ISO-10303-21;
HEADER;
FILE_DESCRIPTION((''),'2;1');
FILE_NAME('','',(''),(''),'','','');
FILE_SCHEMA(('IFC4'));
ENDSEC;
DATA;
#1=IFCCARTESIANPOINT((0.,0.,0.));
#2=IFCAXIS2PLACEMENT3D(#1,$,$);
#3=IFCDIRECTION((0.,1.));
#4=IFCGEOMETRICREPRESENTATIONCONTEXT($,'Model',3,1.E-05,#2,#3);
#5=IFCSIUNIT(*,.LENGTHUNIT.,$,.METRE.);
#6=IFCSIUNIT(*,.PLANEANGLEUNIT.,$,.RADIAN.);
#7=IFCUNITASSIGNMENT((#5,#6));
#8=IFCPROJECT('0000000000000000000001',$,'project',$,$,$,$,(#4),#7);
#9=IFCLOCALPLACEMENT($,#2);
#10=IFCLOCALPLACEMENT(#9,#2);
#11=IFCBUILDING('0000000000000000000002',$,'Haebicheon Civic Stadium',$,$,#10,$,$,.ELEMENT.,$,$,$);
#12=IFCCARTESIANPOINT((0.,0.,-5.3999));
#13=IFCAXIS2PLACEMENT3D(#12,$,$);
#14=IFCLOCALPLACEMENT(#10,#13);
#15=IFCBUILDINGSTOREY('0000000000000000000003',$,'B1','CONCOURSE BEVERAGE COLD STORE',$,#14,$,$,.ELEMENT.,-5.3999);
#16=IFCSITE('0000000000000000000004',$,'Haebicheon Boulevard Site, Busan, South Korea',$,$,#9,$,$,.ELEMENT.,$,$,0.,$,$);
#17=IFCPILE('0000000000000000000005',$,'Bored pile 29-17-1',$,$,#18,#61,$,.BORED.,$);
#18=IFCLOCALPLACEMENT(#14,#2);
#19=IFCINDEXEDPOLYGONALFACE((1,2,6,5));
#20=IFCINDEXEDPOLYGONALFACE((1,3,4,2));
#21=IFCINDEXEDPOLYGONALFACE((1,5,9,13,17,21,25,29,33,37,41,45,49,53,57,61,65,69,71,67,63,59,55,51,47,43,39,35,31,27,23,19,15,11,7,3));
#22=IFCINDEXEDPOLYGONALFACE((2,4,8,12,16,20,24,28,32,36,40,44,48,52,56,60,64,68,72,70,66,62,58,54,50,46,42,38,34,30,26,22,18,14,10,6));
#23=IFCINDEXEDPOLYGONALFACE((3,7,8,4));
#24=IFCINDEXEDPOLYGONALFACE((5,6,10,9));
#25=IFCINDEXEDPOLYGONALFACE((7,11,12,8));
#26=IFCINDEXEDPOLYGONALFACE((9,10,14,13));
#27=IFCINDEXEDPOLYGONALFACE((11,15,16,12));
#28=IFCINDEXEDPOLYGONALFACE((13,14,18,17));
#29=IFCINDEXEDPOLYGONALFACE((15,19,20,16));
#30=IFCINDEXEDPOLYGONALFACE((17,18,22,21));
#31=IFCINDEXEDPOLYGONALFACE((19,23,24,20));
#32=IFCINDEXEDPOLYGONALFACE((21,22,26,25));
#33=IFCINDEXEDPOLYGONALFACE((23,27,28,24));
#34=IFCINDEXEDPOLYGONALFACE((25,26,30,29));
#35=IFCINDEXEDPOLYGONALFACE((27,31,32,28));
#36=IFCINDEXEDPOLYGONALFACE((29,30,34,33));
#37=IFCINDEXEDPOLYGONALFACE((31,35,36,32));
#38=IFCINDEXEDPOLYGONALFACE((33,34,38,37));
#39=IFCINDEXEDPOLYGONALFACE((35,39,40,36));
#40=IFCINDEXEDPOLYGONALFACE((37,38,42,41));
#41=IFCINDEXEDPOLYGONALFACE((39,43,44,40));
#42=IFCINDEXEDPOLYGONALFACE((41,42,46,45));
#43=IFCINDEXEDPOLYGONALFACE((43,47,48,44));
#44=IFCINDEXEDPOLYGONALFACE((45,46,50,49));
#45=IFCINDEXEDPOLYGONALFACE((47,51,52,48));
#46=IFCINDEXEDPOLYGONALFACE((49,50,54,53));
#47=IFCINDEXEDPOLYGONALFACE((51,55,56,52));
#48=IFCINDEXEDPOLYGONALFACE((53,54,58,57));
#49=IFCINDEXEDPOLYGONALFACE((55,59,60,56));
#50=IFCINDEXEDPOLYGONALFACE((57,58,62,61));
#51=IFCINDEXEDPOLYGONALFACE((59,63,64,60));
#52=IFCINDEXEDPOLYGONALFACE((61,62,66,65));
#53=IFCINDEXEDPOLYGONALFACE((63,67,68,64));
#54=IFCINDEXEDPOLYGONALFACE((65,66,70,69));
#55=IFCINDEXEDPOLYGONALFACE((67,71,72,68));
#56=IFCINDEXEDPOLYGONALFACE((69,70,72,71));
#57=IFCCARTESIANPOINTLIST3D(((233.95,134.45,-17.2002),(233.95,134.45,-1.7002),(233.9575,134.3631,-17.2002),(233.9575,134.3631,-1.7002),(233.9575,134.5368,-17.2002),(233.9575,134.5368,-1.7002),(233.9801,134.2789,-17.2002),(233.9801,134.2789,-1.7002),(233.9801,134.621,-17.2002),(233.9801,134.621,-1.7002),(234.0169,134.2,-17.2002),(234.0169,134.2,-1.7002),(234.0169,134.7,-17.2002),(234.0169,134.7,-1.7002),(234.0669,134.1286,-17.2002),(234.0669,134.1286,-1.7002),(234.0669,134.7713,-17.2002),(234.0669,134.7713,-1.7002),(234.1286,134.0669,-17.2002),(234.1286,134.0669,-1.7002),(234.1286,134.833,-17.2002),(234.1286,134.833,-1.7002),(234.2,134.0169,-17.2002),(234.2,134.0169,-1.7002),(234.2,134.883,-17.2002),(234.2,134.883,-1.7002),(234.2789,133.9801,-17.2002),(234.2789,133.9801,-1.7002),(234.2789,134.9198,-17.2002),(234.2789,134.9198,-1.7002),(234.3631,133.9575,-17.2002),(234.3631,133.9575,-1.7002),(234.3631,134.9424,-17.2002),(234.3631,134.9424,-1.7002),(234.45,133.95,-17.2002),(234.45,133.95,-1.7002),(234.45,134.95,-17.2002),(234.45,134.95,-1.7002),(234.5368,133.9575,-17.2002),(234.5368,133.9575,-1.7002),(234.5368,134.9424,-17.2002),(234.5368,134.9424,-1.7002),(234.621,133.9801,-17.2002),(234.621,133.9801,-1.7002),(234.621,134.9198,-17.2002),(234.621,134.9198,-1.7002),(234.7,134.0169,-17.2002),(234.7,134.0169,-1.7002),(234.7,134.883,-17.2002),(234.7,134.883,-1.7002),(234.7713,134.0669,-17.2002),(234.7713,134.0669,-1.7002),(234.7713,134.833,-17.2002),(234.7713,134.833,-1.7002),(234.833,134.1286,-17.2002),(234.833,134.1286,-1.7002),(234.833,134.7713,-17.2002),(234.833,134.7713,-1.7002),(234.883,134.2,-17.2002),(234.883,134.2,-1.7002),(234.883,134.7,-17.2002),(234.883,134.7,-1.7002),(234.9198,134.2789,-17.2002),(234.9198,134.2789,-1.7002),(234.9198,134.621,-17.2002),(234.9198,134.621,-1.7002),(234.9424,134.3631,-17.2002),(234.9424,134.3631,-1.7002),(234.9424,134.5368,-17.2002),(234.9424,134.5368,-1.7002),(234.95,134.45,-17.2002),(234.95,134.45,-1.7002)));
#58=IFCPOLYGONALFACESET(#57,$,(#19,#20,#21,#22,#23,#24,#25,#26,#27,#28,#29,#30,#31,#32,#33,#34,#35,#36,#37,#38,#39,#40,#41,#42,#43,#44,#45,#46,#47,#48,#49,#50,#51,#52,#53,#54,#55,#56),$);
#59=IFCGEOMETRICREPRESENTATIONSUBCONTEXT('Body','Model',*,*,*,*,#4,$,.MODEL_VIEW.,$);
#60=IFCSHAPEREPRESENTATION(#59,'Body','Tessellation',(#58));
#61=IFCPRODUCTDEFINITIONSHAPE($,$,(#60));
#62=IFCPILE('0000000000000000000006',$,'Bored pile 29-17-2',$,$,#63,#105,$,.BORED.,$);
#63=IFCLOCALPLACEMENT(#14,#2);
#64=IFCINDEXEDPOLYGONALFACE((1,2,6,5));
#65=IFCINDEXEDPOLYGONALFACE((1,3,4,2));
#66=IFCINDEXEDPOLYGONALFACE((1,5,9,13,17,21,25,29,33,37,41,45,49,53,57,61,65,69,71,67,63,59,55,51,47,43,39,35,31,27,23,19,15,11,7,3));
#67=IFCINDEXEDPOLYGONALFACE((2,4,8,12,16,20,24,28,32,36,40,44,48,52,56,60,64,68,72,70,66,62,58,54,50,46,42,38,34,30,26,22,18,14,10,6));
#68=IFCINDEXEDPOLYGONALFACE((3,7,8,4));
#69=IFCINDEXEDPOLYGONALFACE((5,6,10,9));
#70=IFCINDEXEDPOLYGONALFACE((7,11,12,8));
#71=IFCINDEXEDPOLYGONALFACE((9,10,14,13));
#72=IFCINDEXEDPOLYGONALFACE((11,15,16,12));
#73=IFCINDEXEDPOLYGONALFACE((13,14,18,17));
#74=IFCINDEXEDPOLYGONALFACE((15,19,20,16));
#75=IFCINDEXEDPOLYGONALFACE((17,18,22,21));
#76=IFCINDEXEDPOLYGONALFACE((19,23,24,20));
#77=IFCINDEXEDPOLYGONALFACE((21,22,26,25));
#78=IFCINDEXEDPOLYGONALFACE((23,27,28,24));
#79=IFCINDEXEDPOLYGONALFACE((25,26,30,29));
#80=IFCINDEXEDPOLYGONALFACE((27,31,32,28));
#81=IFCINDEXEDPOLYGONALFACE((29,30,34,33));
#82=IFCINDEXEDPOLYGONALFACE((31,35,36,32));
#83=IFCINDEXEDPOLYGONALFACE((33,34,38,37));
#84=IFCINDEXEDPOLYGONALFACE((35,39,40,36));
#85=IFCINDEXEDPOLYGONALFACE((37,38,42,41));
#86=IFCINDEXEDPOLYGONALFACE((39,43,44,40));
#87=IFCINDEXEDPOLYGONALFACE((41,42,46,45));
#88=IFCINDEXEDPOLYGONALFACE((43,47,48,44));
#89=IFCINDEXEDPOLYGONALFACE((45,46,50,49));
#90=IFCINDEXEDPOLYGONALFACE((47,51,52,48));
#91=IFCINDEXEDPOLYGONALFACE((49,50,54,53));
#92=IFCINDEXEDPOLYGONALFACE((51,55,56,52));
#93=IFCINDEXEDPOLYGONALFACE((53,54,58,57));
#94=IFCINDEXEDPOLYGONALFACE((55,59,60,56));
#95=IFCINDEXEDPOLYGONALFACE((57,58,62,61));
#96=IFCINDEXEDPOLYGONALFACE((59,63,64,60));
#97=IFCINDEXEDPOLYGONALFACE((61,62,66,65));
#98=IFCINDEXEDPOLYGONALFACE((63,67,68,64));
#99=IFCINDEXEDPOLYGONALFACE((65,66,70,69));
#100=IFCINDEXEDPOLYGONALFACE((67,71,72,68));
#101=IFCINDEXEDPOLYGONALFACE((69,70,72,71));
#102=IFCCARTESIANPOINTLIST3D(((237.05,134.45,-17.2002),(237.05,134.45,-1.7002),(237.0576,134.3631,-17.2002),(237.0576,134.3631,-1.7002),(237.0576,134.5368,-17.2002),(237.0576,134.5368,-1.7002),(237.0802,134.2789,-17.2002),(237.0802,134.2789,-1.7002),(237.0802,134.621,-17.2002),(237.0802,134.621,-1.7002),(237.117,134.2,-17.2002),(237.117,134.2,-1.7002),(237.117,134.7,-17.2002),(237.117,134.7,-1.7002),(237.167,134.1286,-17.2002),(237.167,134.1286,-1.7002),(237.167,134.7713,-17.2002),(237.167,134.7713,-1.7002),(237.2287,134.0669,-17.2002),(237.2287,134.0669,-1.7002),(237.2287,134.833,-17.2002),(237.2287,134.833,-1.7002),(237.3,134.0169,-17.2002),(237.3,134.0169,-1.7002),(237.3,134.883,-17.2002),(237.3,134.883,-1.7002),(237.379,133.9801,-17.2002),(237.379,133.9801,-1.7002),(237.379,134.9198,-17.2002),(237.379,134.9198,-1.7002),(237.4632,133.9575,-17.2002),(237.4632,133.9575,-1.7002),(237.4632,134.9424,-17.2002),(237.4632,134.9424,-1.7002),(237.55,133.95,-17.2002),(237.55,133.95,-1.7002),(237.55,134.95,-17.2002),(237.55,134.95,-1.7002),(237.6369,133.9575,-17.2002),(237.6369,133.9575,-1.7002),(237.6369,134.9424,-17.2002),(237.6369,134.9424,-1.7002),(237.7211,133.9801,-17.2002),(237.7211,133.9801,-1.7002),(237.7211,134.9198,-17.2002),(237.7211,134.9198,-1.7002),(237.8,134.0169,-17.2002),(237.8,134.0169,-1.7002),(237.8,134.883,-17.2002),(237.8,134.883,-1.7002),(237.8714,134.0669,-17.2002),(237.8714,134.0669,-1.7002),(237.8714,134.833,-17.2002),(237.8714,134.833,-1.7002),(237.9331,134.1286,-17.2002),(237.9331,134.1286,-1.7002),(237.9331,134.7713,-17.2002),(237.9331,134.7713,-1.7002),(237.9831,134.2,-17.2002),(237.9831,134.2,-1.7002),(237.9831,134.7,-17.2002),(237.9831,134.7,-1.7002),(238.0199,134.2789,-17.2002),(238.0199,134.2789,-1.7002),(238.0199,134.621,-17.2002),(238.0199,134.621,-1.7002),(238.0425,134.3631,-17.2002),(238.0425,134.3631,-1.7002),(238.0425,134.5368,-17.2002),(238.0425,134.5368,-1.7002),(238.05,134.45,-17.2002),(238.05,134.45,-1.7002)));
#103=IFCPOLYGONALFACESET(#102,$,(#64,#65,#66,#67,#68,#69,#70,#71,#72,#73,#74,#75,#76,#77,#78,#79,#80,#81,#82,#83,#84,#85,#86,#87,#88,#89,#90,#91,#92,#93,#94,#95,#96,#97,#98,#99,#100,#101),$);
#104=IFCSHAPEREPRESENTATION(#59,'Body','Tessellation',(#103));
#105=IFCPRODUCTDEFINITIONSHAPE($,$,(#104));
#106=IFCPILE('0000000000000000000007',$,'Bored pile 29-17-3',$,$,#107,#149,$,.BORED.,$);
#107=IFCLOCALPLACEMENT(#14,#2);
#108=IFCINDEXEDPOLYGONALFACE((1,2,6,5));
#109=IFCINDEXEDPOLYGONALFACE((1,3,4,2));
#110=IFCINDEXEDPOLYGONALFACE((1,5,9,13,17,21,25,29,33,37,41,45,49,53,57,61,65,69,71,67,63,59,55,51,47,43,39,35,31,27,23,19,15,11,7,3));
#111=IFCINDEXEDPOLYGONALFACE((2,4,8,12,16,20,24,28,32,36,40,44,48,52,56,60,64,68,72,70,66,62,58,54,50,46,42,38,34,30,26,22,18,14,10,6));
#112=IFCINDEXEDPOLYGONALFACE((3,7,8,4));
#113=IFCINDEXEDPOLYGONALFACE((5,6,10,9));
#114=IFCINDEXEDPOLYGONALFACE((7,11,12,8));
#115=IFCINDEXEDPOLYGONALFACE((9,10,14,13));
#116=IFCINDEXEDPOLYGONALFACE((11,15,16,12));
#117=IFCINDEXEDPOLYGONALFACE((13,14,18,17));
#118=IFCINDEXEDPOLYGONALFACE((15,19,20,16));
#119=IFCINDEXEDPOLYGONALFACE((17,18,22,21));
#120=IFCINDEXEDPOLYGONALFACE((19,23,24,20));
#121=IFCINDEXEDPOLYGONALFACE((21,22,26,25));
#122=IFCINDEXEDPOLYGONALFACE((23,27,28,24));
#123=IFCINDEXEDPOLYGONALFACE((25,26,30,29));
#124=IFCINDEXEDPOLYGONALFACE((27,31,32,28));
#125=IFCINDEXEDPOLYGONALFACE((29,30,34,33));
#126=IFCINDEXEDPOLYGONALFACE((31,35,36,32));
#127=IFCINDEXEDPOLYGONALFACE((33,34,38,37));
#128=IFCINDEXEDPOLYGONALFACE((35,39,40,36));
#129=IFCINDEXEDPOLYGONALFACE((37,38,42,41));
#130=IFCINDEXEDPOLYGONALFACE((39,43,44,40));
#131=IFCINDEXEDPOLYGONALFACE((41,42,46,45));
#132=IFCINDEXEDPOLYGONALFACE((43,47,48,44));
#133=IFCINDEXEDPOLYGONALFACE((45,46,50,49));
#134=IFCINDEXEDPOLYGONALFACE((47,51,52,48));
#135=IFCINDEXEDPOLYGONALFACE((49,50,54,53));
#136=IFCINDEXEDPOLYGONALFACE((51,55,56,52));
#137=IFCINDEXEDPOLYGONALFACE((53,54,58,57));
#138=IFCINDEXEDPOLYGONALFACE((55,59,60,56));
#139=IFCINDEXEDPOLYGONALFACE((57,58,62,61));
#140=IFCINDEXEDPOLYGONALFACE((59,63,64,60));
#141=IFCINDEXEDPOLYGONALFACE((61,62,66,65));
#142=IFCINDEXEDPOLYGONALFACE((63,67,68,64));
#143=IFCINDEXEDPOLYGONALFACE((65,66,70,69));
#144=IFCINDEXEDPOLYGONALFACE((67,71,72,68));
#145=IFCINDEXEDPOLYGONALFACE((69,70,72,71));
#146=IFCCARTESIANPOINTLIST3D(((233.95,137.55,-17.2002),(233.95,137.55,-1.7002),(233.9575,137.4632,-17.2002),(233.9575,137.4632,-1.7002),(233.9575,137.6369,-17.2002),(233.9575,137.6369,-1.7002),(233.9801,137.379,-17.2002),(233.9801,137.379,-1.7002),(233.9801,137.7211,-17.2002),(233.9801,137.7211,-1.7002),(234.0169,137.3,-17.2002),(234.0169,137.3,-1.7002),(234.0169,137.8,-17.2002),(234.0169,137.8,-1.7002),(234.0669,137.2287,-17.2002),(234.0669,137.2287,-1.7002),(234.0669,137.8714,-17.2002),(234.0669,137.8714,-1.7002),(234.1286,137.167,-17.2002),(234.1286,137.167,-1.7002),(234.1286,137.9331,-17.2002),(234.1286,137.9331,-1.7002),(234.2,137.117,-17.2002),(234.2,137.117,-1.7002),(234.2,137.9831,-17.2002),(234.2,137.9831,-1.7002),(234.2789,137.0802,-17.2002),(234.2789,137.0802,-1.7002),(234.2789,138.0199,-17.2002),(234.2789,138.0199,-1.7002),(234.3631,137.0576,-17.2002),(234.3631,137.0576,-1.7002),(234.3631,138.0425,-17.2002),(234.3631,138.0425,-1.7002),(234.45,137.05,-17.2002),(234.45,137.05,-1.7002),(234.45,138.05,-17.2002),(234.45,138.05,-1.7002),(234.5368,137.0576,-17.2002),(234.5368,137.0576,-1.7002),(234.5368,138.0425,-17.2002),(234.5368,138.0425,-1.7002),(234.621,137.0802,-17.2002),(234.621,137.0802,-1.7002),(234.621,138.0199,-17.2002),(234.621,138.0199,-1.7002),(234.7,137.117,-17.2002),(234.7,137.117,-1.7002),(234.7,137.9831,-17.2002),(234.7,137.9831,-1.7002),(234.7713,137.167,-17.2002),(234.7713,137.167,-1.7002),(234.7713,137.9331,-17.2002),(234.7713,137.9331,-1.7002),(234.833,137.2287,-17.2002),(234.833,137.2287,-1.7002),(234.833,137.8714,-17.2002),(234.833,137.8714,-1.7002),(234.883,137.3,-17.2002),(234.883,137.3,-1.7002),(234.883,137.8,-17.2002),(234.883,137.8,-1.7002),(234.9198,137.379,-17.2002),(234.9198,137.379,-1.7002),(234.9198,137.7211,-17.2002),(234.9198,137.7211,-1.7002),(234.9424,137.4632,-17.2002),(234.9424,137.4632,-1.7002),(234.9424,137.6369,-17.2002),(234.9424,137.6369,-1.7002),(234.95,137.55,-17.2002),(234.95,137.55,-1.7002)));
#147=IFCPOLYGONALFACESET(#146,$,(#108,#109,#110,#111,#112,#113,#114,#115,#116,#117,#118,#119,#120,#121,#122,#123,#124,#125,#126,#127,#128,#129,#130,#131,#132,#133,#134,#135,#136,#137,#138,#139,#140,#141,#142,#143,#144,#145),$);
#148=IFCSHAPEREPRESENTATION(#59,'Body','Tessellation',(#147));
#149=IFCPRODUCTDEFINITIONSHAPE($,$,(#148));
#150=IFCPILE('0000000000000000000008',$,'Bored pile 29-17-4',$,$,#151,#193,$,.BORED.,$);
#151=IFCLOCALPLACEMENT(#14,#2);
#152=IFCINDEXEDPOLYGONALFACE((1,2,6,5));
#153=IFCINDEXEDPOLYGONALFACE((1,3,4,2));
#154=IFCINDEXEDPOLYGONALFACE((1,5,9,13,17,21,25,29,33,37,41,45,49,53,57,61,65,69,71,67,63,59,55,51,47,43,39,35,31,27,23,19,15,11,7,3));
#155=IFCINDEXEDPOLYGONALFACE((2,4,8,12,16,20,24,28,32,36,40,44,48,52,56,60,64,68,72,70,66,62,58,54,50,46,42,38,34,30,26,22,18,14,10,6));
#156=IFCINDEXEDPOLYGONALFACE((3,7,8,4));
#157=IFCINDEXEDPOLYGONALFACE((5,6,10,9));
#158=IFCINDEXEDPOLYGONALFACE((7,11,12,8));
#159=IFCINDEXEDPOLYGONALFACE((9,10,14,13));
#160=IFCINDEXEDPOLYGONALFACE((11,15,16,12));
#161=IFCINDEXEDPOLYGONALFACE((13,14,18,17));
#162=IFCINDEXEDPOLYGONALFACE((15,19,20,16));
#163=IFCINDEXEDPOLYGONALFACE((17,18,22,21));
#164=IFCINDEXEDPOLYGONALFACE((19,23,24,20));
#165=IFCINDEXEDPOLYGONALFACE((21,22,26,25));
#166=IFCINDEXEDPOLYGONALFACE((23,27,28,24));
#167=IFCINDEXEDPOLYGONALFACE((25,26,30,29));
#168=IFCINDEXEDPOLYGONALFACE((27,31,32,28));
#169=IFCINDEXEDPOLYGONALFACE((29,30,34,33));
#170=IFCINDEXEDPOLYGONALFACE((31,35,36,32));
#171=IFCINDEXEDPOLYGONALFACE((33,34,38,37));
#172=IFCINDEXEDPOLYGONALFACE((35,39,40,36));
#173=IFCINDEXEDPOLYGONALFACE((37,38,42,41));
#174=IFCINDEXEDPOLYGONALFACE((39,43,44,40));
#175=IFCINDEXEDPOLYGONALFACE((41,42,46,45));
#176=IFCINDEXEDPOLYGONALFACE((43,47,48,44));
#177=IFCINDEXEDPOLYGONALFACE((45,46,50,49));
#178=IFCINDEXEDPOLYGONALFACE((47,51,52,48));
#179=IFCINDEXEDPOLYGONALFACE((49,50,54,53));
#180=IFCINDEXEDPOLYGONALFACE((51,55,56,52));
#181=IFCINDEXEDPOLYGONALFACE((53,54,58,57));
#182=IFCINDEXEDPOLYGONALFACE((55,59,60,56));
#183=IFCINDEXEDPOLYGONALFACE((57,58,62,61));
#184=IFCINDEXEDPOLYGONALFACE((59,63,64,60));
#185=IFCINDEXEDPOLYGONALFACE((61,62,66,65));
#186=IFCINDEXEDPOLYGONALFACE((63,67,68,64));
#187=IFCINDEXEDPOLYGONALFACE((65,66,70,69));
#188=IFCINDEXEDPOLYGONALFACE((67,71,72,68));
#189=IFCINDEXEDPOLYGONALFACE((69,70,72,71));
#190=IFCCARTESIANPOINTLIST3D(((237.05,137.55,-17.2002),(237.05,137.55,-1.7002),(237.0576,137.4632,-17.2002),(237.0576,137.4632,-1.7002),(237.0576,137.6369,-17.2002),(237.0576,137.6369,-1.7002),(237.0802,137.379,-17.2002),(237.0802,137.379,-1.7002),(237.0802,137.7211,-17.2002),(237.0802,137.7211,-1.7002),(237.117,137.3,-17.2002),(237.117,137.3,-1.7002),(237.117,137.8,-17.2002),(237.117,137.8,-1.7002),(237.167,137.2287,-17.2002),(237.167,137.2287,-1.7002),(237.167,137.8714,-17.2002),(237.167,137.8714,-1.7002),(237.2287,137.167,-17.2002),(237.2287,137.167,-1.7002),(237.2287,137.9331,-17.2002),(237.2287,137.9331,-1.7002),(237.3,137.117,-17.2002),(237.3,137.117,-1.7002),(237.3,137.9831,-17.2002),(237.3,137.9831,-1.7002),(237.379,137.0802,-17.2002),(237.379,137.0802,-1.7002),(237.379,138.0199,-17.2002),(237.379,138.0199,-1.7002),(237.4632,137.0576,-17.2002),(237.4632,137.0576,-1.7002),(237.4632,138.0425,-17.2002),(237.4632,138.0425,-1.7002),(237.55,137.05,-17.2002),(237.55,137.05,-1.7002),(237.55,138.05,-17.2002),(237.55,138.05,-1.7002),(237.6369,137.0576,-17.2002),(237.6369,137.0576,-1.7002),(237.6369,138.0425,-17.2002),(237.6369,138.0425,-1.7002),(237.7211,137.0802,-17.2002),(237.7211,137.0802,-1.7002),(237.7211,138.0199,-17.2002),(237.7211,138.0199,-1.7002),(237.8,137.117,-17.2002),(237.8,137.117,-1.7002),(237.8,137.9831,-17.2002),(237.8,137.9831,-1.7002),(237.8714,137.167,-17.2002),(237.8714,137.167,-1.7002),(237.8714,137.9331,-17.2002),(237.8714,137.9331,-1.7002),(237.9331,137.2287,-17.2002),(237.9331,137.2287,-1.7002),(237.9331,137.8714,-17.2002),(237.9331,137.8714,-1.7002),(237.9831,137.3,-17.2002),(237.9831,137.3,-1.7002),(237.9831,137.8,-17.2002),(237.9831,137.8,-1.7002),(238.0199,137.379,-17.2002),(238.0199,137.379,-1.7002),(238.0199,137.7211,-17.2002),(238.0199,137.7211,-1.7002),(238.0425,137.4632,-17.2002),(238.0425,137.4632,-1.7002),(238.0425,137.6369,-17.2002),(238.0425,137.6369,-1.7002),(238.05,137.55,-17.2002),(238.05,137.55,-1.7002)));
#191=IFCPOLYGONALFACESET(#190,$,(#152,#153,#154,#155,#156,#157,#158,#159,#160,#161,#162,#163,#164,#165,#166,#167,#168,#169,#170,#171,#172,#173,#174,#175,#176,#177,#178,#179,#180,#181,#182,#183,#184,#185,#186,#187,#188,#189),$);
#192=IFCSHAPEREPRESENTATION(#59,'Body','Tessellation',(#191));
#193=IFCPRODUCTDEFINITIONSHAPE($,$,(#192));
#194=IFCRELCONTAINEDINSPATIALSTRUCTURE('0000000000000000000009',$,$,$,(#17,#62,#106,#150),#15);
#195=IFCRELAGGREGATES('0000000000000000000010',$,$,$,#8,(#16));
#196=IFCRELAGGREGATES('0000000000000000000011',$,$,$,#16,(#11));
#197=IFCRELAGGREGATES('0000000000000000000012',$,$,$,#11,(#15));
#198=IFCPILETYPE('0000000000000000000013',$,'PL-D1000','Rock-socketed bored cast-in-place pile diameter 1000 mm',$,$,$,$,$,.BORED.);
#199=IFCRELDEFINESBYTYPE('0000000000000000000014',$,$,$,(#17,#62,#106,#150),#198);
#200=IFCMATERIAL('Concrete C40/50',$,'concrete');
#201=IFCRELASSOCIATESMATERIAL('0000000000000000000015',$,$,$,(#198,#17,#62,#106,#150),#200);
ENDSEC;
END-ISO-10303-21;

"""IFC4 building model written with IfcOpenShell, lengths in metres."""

from ifc_helpers import new_model, si_unit, direction, frame, origin, origin_2d, place, context, subcontext, project, spatial, circle, extrude, material, material_profile, profile_set, type_object, element, save


model = new_model("IFC4")

# Units and contexts
model_context = context("Model", 3, precision=1e-05, world=origin(), true_north=direction((0.0, 1.0)))
body_context = subcontext(model_context, "Body", "Model", "MODEL_VIEW")
ifc_project = project(units=[si_unit("LENGTHUNIT", "METRE"), si_unit("PLANEANGLEUNIT", "RADIAN")], contexts=[model_context])

# Site, building, storey
site_placement = place(None, origin())
site = spatial("IfcSite", under=ifc_project, at=site_placement, Name="Haebicheon Boulevard Site, Busan, South Korea", CompositionType="ELEMENT", RefElevation=0.0)
building_placement = place(site_placement, origin())
building = spatial("IfcBuilding", under=site, at=building_placement, Name="Haebicheon Civic Stadium", CompositionType="ELEMENT")
storey_placement = place(building_placement, frame((0.0, 0.0, -5.3999)))
storey = spatial("IfcBuildingStorey", under=building, at=storey_placement, Name="B1", Description="CONCOURSE BEVERAGE COLD STORE", CompositionType="ELEMENT", Elevation=-5.3999)

# Piles
ifc_material_1 = material(Name="Concrete C40/50", Category="concrete")
ifc_material_profile_1 = material_profile(ifc_material_1, circle(Radius=0.5, at=origin_2d()), Name="PILE-D1000")
ifc_profile_set_1 = profile_set([ifc_material_profile_1], Name="Concrete C40/50")
pile_type = type_object("IfcPileType", Name="PL-D1000", Description="Rock-socketed bored cast-in-place pile diameter 1000 mm", PredefinedType="BORED", material=ifc_profile_set_1)
for number, where, z_axis, x_axis, name in (
    (1, (234.45, 134.45, -1.7002), (0.0, 0.0, -1.0), (1.0, 0.0, 0.0), "Bored pile 29-17-1"),
    (2, (237.55, 134.45, -1.7002), (0.0, 0.0, -1.0), (1.0, 0.0, 0.0), "Bored pile 29-17-2"),
    (3, (234.45, 137.55, -1.7002), (0.0, 0.0, -1.0), (1.0, 0.0, 0.0), "Bored pile 29-17-3"),
    (4, (237.55, 137.55, -1.7002), (0.0, 0.0, -1.0), (1.0, 0.0, 0.0), "Bored pile 29-17-4"),
):
    element("IfcPile", number, at=place(storey_placement, frame(where, z_axis=z_axis, x_axis=x_axis)), inside=storey, type_object=pile_type, material=ifc_profile_set_1, Name=name, PredefinedType="BORED", context=body_context, shape_type="SweptSolid", body=[
        extrude(circle(Radius=0.5, at=origin_2d()), origin(), (0.0, 0.0, 1.0), 15.5),
    ])

save(model, "model.ifc")
